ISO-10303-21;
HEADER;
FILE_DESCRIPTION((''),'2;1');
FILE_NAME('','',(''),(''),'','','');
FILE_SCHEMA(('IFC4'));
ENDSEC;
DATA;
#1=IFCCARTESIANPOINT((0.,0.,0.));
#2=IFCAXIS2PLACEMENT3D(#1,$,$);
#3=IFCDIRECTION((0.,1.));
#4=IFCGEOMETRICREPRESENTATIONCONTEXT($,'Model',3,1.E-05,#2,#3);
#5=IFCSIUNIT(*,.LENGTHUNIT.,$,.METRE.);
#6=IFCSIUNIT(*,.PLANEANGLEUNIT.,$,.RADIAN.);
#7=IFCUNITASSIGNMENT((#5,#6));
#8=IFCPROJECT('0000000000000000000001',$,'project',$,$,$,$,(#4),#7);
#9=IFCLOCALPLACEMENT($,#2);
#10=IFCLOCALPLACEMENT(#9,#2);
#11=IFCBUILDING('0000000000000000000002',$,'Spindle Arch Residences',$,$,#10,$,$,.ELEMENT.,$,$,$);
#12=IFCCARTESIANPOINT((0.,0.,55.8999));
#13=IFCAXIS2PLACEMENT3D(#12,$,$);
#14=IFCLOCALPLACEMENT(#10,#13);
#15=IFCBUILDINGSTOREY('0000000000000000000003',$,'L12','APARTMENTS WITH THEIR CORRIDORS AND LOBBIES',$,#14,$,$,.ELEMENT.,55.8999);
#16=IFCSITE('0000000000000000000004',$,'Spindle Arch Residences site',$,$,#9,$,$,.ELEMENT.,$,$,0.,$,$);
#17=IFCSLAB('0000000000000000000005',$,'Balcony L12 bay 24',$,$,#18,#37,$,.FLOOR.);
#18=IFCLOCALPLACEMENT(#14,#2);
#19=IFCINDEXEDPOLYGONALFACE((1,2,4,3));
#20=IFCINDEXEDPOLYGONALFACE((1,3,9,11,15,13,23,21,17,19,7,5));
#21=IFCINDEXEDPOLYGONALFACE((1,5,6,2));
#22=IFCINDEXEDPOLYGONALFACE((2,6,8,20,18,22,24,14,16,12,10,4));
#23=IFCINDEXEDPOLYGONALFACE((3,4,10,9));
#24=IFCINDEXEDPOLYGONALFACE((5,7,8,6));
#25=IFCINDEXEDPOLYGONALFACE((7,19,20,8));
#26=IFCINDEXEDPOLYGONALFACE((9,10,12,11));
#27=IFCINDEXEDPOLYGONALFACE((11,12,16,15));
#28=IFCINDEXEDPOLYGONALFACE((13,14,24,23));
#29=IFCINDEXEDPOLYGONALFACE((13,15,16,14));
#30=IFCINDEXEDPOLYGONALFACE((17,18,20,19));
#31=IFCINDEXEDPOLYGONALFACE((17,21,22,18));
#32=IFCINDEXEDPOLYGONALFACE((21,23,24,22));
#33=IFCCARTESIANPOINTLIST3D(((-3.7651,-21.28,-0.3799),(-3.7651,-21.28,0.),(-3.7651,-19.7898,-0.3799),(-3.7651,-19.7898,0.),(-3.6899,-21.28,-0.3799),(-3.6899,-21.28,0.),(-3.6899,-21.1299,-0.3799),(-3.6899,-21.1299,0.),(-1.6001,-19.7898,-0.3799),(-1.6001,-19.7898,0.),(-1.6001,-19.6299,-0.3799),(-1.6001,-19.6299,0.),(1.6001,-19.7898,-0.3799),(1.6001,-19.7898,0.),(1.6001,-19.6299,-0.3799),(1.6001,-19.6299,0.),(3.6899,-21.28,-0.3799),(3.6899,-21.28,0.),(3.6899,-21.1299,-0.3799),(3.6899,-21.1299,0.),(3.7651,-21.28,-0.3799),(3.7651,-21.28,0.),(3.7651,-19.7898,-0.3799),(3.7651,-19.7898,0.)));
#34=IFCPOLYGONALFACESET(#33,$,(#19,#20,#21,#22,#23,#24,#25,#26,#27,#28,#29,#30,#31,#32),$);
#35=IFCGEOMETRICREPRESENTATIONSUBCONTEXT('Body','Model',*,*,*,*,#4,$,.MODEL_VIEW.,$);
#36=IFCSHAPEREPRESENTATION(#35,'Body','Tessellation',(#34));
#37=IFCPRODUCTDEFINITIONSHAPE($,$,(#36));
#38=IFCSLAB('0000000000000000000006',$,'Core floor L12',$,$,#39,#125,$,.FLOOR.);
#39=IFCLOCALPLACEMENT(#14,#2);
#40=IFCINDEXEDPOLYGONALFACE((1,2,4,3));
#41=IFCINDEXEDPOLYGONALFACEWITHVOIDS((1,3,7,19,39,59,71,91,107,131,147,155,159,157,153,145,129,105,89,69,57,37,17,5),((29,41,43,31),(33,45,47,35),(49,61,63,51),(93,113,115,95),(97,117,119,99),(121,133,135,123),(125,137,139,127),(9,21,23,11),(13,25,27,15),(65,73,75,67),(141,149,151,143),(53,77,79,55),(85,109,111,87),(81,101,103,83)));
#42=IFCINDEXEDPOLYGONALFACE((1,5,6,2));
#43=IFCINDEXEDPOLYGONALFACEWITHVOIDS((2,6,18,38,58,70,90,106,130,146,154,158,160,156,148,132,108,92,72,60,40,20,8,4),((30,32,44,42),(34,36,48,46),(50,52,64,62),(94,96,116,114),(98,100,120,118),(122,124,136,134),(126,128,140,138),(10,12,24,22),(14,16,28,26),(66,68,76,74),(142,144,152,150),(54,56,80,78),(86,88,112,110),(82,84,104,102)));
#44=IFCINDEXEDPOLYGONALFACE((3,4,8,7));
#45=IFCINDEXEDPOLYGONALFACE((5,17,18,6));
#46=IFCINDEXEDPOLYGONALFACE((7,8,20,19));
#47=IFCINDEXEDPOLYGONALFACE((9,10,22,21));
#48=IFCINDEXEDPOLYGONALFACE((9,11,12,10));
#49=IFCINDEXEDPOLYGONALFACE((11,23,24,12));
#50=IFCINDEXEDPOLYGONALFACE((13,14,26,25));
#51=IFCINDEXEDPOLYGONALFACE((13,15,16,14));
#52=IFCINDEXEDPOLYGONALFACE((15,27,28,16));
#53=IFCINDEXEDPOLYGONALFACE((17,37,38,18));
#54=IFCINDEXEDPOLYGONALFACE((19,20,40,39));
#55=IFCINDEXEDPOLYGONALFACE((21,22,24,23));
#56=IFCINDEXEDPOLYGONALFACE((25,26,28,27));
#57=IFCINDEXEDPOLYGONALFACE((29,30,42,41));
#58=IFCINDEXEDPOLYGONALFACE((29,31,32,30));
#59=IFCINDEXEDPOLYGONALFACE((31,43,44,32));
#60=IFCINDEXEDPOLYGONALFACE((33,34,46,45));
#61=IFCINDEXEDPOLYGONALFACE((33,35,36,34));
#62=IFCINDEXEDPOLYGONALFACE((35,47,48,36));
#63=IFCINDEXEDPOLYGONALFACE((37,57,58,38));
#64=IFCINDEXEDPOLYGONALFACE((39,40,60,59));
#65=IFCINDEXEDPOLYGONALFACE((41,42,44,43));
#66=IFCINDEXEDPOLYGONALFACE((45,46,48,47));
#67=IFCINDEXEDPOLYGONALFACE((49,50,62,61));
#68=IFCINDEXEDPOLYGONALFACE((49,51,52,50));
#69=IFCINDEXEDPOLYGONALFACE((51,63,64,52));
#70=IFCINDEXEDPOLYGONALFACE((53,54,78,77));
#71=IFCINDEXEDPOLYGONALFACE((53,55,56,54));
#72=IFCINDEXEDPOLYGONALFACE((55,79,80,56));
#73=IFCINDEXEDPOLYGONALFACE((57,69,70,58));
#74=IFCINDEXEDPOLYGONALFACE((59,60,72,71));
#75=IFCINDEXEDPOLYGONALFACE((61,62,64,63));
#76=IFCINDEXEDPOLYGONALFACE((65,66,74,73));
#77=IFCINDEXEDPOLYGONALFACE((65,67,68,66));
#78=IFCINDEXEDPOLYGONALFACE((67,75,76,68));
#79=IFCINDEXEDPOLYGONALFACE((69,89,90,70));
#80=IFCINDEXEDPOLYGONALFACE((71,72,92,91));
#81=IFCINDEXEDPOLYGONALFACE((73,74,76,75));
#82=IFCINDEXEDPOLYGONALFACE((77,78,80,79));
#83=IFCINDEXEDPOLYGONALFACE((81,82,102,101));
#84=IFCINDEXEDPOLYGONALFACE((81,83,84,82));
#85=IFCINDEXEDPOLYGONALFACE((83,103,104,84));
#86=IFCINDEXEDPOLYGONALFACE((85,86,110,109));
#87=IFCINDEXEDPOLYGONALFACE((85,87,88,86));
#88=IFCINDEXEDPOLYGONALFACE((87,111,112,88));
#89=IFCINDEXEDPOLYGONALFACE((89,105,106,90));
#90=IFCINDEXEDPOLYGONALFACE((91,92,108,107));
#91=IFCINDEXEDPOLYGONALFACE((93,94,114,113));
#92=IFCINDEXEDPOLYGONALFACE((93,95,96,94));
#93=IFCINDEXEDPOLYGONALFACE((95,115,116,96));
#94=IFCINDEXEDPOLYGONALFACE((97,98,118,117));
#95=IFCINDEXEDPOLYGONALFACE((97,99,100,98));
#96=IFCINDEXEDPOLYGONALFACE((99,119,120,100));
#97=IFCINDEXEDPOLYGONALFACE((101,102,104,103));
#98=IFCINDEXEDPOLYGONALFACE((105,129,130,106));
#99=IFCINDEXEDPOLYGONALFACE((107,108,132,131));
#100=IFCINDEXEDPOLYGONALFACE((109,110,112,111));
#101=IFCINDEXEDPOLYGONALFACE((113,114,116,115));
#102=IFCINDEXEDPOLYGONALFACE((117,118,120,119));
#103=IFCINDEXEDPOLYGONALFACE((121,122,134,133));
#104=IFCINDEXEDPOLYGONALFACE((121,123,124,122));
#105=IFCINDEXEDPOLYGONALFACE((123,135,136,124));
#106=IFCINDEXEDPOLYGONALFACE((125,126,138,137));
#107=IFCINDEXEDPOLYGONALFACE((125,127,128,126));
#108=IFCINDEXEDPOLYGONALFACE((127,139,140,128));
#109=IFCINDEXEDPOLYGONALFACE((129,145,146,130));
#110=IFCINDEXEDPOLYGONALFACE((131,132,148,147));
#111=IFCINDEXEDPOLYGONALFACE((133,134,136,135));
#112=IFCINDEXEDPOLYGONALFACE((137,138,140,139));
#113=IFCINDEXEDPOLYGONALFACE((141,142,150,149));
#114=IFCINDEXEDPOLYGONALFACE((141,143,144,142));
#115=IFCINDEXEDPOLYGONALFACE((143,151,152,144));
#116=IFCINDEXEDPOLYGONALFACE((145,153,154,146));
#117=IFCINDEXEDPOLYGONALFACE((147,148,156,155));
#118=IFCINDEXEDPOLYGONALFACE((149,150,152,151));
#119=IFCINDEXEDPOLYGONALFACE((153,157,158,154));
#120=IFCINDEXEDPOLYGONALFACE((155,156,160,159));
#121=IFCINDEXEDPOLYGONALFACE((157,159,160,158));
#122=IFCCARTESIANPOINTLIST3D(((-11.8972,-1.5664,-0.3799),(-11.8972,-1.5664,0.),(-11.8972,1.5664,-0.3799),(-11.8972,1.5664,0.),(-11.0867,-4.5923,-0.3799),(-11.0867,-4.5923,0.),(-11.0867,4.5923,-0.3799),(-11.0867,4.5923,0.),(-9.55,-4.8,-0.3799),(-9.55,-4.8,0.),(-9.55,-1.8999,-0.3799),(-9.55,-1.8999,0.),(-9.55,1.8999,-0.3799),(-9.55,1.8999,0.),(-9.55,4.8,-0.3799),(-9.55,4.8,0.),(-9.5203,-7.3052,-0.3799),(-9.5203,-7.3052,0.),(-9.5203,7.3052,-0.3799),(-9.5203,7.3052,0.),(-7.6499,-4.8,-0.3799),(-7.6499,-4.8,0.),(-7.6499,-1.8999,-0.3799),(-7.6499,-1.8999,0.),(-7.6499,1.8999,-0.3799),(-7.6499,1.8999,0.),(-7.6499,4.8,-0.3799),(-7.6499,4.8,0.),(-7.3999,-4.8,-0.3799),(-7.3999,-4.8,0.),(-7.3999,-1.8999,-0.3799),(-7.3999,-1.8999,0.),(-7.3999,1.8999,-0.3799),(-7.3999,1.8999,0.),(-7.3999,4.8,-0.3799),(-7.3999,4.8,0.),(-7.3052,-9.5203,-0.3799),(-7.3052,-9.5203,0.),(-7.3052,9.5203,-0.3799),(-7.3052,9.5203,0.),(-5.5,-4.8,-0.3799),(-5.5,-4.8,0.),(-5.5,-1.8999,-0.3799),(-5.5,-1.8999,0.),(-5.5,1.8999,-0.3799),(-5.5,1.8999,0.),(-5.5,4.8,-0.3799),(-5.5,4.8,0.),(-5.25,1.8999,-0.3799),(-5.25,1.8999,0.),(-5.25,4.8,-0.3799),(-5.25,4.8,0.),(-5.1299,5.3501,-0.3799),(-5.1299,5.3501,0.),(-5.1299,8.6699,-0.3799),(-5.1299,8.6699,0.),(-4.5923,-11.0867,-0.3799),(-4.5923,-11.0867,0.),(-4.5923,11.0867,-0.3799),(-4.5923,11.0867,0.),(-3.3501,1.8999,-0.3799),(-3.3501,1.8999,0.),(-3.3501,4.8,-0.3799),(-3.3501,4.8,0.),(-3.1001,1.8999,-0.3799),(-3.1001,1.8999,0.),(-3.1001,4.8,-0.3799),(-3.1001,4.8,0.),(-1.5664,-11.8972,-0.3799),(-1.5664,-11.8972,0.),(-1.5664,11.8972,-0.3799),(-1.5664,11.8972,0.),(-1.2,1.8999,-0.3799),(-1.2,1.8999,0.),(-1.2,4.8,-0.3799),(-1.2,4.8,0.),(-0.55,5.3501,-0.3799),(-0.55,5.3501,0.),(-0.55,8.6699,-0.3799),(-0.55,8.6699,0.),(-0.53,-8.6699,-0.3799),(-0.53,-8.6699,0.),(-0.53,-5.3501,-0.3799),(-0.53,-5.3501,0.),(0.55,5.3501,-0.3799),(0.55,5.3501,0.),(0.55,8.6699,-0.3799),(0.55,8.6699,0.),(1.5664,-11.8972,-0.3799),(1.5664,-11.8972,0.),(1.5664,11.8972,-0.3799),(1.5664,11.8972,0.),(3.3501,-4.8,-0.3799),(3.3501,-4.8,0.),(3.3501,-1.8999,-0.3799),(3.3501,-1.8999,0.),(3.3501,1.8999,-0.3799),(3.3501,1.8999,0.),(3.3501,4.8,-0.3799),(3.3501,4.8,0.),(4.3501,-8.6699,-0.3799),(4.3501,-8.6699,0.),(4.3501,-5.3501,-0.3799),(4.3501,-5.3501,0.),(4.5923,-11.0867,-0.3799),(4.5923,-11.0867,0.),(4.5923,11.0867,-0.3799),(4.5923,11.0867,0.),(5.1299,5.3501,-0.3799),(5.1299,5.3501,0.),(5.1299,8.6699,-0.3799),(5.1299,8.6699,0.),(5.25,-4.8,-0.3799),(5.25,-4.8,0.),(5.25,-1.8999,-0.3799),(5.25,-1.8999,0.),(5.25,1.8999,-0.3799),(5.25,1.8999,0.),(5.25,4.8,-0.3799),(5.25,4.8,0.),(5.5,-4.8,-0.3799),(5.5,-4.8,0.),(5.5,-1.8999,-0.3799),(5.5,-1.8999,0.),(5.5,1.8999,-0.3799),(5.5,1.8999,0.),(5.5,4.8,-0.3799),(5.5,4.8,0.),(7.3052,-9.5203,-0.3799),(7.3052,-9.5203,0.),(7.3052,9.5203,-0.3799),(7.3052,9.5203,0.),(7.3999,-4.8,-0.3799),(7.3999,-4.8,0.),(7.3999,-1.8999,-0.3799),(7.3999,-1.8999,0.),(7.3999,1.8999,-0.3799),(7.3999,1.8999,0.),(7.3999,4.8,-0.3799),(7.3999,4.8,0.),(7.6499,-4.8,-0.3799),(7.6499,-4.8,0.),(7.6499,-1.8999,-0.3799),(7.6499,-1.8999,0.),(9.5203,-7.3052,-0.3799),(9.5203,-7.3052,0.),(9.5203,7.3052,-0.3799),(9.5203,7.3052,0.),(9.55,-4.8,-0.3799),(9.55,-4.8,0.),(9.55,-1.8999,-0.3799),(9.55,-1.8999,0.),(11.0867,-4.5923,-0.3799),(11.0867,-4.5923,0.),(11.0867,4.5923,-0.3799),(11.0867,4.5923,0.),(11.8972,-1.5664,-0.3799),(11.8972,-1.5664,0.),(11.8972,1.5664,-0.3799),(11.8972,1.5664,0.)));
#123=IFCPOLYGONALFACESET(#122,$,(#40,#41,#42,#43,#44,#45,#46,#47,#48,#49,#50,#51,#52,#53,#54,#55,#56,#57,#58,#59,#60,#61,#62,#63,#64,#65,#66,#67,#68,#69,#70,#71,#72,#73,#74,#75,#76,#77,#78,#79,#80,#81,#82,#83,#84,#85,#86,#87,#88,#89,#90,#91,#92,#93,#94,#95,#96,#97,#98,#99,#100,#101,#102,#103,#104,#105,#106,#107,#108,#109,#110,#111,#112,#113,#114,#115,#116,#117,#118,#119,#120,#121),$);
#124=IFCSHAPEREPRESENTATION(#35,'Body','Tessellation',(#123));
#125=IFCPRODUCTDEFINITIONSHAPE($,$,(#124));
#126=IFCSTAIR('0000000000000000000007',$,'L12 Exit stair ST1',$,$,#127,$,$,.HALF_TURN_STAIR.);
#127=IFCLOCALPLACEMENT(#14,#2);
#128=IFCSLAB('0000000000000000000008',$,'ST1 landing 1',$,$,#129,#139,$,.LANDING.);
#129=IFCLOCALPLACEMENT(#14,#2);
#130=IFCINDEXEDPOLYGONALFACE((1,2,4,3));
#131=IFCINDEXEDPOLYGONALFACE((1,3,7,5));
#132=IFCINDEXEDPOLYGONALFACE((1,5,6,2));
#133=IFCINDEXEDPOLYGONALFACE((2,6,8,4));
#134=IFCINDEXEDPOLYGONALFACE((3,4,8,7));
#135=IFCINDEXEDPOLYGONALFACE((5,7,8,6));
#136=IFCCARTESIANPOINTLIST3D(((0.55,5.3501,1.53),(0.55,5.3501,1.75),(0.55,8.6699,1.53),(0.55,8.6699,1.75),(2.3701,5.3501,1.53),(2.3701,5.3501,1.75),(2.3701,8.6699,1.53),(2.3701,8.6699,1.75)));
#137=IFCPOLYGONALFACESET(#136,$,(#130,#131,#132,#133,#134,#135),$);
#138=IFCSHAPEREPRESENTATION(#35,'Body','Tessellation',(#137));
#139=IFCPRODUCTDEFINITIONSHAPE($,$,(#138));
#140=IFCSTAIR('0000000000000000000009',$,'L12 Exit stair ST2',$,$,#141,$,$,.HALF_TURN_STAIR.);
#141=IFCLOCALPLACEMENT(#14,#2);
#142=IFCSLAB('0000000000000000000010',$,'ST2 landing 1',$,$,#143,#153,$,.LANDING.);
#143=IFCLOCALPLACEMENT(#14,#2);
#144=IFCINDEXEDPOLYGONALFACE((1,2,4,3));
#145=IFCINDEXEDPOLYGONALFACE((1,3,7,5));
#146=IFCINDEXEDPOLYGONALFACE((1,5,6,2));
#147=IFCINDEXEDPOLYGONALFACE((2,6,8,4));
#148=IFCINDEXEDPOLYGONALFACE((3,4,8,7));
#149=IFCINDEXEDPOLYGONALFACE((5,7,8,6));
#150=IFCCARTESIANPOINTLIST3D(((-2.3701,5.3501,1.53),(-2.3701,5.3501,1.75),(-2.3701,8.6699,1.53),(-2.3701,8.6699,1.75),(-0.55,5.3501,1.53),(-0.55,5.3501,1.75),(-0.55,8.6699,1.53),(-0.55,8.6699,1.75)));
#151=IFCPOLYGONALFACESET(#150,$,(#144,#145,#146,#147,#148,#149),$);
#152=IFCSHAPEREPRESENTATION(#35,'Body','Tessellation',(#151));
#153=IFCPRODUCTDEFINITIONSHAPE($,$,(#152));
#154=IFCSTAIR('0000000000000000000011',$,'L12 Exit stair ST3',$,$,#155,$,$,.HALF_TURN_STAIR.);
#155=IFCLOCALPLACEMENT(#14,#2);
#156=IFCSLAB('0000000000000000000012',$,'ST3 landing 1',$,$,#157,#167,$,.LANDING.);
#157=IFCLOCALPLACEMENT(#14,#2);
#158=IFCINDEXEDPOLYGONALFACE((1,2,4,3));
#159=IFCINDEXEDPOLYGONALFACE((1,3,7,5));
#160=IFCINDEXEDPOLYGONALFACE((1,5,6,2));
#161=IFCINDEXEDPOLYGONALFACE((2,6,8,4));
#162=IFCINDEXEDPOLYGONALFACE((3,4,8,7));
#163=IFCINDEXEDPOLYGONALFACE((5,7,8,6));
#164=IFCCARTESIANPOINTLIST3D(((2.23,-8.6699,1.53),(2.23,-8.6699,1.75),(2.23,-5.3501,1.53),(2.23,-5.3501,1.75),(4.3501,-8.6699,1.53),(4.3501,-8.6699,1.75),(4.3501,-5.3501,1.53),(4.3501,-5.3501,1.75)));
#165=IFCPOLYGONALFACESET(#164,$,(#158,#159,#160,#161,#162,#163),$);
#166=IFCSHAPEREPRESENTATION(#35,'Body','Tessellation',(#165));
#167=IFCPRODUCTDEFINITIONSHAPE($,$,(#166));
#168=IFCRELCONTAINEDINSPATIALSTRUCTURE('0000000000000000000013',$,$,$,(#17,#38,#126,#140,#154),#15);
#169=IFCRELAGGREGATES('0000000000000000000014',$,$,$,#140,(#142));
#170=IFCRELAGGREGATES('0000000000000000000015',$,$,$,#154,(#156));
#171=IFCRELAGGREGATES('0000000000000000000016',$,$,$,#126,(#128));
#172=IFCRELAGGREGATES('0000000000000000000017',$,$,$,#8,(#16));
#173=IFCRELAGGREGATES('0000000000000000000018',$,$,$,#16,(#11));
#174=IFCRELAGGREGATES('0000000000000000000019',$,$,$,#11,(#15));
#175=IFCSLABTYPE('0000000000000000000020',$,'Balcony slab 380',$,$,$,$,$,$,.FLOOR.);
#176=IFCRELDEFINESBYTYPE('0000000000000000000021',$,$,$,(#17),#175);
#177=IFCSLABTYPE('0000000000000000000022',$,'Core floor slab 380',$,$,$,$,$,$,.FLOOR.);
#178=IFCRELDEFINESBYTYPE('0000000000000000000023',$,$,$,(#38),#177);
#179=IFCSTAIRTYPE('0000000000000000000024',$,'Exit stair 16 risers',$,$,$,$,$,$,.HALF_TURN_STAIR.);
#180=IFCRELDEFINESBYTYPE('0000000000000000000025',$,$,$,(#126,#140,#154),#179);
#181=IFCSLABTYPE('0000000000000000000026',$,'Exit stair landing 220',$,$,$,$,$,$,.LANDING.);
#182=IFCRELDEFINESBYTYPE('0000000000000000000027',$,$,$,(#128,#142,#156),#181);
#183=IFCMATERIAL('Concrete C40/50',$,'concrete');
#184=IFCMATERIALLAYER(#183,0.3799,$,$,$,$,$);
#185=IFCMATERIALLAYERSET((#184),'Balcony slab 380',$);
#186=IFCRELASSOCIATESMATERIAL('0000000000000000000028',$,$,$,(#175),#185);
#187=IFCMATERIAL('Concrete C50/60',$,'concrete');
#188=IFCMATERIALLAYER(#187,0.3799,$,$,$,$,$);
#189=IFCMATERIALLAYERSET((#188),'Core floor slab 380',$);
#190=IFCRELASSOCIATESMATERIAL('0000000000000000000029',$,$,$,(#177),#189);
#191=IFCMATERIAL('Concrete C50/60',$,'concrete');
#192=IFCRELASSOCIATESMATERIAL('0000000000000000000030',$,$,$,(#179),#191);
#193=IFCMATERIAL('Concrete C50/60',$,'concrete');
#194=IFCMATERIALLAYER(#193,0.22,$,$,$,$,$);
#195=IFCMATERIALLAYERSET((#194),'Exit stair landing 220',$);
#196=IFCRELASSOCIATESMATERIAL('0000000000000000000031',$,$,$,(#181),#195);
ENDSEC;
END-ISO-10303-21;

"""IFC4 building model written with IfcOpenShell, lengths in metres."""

from ifc_helpers import new_model, si_unit, direction, frame, origin, place, context, subcontext, project, spatial, polyline, outline, extrude, material, layer, layer_set, type_object, element, aggregate, save


model = new_model("IFC4")

# Units and contexts
model_context = context("Model", 3, precision=1e-05, world=origin(), true_north=direction((0.0, 1.0)))
body_context = subcontext(model_context, "Body", "Model", "MODEL_VIEW")
ifc_project = project(units=[si_unit("LENGTHUNIT", "METRE"), si_unit("PLANEANGLEUNIT", "RADIAN")], contexts=[model_context])

# Site, building, storey
site_placement = place(None, origin())
site = spatial("IfcSite", under=ifc_project, at=site_placement, Name="Spindle Arch Residences site", CompositionType="ELEMENT", RefElevation=0.0)
building_placement = place(site_placement, origin())
building = spatial("IfcBuilding", under=site, at=building_placement, Name="Spindle Arch Residences", CompositionType="ELEMENT")
storey_placement = place(building_placement, frame((0.0, 0.0, 55.8999)))
storey = spatial("IfcBuildingStorey", under=building, at=storey_placement, Name="L12", Description="APARTMENTS WITH THEIR CORRIDORS AND LOBBIES", CompositionType="ELEMENT", Elevation=55.8999)

# Slabs
ifc_material_1 = material(Name="Concrete C40/50", Category="concrete")
ifc_layer_1 = layer(ifc_material_1, 0.3799)
ifc_layer_set_1 = layer_set([ifc_layer_1], Name="Balcony slab 380")
slab_type_1 = type_object("IfcSlabType", Name="Balcony slab 380", PredefinedType="FLOOR", material=ifc_layer_set_1)
slab_1_placement = place(storey_placement, frame((0.0, 0.0, -0.3799)))
element("IfcSlab", 1, at=slab_1_placement, inside=storey, type_object=slab_type_1, Name="Balcony L12 bay 24", PredefinedType="FLOOR", context=body_context, shape_type="SweptSolid", body=[
    extrude(outline(polyline([(-3.7651, -21.28), (-3.6899, -21.28), (-3.6899, -21.1299), (3.6899, -21.1299), (3.6899, -21.28), (3.7651, -21.28), (3.7651, -19.7898), (1.6001, -19.7898), (1.6001, -19.6299), (-1.6001, -19.6299), (-1.6001, -19.7898), (-3.7651, -19.7898), (-3.7651, -21.28)])), origin(), (0.0, 0.0, 1.0), 0.3799),
])
ifc_material_2 = material(Name="Concrete C50/60", Category="concrete")
ifc_layer_2 = layer(ifc_material_2, 0.3799)
ifc_layer_set_2 = layer_set([ifc_layer_2], Name="Core floor slab 380")
slab_type_2 = type_object("IfcSlabType", Name="Core floor slab 380", PredefinedType="FLOOR", material=ifc_layer_set_2)
slab_2_placement = place(storey_placement, frame((0.0, 0.0, -0.3799)))
element("IfcSlab", 2, at=slab_2_placement, inside=storey, type_object=slab_type_2, Name="Core floor L12", PredefinedType="FLOOR", context=body_context, shape_type="SweptSolid", body=[
    extrude(outline(polyline([(1.5664, -11.8972), (4.5923, -11.0867), (7.3052, -9.5203), (9.5203, -7.3052), (11.0867, -4.5923), (11.8972, -1.5664), (11.8972, 1.5664), (11.0867, 4.5923), (9.5203, 7.3052), (7.3052, 9.5203), (4.5923, 11.0867), (1.5664, 11.8972), (-1.5664, 11.8972), (-4.5923, 11.0867), (-7.3052, 9.5203), (-9.5203, 7.3052), (-11.0867, 4.5923), (-11.8972, 1.5664), (-11.8972, -1.5664), (-11.0867, -4.5923), (-9.5203, -7.3052), (-7.3052, -9.5203), (-4.5923, -11.0867), (-1.5664, -11.8972), (1.5664, -11.8972)]), holes=[polyline([(-9.55, 1.8999), (-7.6499, 1.8999), (-7.6499, 4.8), (-9.55, 4.8), (-9.55, 1.8999)]), polyline([(-7.3999, 1.8999), (-5.5, 1.8999), (-5.5, 4.8), (-7.3999, 4.8), (-7.3999, 1.8999)]), polyline([(-5.25, 1.8999), (-3.3501, 1.8999), (-3.3501, 4.8), (-5.25, 4.8), (-5.25, 1.8999)]), polyline([(-3.1001, 1.8999), (-1.2, 1.8999), (-1.2, 4.8), (-3.1001, 4.8), (-3.1001, 1.8999)]), polyline([(3.3501, 1.8999), (5.25, 1.8999), (5.25, 4.8), (3.3501, 4.8), (3.3501, 1.8999)]), polyline([(5.5, 1.8999), (7.3999, 1.8999), (7.3999, 4.8), (5.5, 4.8), (5.5, 1.8999)]), polyline([(-9.55, -4.8), (-7.6499, -4.8), (-7.6499, -1.8999), (-9.55, -1.8999), (-9.55, -4.8)]), polyline([(-7.3999, -4.8), (-5.5, -4.8), (-5.5, -1.8999), (-7.3999, -1.8999), (-7.3999, -4.8)]), polyline([(3.3501, -4.8), (5.25, -4.8), (5.25, -1.8999), (3.3501, -1.8999), (3.3501, -4.8)]), polyline([(5.5, -4.8), (7.3999, -4.8), (7.3999, -1.8999), (5.5, -1.8999), (5.5, -4.8)]), polyline([(7.6499, -4.8), (9.55, -4.8), (9.55, -1.8999), (7.6499, -1.8999), (7.6499, -4.8)]), polyline([(5.1299, 8.6699), (0.55, 8.6699), (0.55, 5.3501), (5.1299, 5.3501), (5.1299, 8.6699)]), polyline([(-5.1299, 5.3501), (-0.55, 5.3501), (-0.55, 8.6699), (-5.1299, 8.6699), (-5.1299, 5.3501)]), polyline([(-0.53, -8.6699), (4.3501, -8.6699), (4.3501, -5.3501), (-0.53, -5.3501), (-0.53, -8.6699)])]), origin(), (0.0, 0.0, 1.0), 0.3799),
])

# Stairs, slabs
ifc_material_3 = material(Name="Concrete C50/60", Category="concrete")
stair_type = type_object("IfcStairType", Name="Exit stair 16 risers", PredefinedType="HALF_TURN_STAIR", material=ifc_material_3)
stair_1_placement = place(storey_placement, origin())
stair_1 = element("IfcStair", 3, at=stair_1_placement, inside=storey, type_object=stair_type, Name="L12 Exit stair ST1", PredefinedType="HALF_TURN_STAIR")
ifc_material_4 = material(Name="Concrete C50/60", Category="concrete")
ifc_layer_3 = layer(ifc_material_4, 0.22)
ifc_layer_set_3 = layer_set([ifc_layer_3], Name="Exit stair landing 220")
slab_type_3 = type_object("IfcSlabType", Name="Exit stair landing 220", PredefinedType="LANDING", material=ifc_layer_set_3)
slab_3_placement = place(storey_placement, frame((0.0, 0.0, 1.53)))
slab_3 = element("IfcSlab", 4, at=slab_3_placement, type_object=slab_type_3, Name="ST1 landing 1", PredefinedType="LANDING", context=body_context, shape_type="SweptSolid", body=[
    extrude(outline(polyline([(2.3701, 8.6699), (0.55, 8.6699), (0.55, 5.3501), (2.3701, 5.3501), (2.3701, 8.6699)])), origin(), (0.0, 0.0, 1.0), 0.22),
])
stair_2_placement = place(storey_placement, origin())
stair_2 = element("IfcStair", 5, at=stair_2_placement, inside=storey, type_object=stair_type, Name="L12 Exit stair ST2", PredefinedType="HALF_TURN_STAIR")
slab_4_placement = place(storey_placement, frame((0.0, 0.0, 1.53)))
slab_4 = element("IfcSlab", 6, at=slab_4_placement, type_object=slab_type_3, Name="ST2 landing 1", PredefinedType="LANDING", context=body_context, shape_type="SweptSolid", body=[
    extrude(outline(polyline([(-2.3701, 5.3501), (-0.55, 5.3501), (-0.55, 8.6699), (-2.3701, 8.6699), (-2.3701, 5.3501)])), origin(), (0.0, 0.0, 1.0), 0.22),
])
aggregate(stair_2, [slab_4])
stair_3_placement = place(storey_placement, origin())
stair_3 = element("IfcStair", 7, at=stair_3_placement, inside=storey, type_object=stair_type, Name="L12 Exit stair ST3", PredefinedType="HALF_TURN_STAIR")
slab_5_placement = place(storey_placement, frame((0.0, 0.0, 1.53)))
slab_5 = element("IfcSlab", 8, at=slab_5_placement, type_object=slab_type_3, Name="ST3 landing 1", PredefinedType="LANDING", context=body_context, shape_type="SweptSolid", body=[
    extrude(outline(polyline([(2.23, -8.6699), (4.3501, -8.6699), (4.3501, -5.3501), (2.23, -5.3501), (2.23, -8.6699)])), origin(), (0.0, 0.0, 1.0), 0.22),
])
aggregate(stair_3, [slab_5])

aggregate(stair_1, [slab_3])

save(model, "model.ifc")
